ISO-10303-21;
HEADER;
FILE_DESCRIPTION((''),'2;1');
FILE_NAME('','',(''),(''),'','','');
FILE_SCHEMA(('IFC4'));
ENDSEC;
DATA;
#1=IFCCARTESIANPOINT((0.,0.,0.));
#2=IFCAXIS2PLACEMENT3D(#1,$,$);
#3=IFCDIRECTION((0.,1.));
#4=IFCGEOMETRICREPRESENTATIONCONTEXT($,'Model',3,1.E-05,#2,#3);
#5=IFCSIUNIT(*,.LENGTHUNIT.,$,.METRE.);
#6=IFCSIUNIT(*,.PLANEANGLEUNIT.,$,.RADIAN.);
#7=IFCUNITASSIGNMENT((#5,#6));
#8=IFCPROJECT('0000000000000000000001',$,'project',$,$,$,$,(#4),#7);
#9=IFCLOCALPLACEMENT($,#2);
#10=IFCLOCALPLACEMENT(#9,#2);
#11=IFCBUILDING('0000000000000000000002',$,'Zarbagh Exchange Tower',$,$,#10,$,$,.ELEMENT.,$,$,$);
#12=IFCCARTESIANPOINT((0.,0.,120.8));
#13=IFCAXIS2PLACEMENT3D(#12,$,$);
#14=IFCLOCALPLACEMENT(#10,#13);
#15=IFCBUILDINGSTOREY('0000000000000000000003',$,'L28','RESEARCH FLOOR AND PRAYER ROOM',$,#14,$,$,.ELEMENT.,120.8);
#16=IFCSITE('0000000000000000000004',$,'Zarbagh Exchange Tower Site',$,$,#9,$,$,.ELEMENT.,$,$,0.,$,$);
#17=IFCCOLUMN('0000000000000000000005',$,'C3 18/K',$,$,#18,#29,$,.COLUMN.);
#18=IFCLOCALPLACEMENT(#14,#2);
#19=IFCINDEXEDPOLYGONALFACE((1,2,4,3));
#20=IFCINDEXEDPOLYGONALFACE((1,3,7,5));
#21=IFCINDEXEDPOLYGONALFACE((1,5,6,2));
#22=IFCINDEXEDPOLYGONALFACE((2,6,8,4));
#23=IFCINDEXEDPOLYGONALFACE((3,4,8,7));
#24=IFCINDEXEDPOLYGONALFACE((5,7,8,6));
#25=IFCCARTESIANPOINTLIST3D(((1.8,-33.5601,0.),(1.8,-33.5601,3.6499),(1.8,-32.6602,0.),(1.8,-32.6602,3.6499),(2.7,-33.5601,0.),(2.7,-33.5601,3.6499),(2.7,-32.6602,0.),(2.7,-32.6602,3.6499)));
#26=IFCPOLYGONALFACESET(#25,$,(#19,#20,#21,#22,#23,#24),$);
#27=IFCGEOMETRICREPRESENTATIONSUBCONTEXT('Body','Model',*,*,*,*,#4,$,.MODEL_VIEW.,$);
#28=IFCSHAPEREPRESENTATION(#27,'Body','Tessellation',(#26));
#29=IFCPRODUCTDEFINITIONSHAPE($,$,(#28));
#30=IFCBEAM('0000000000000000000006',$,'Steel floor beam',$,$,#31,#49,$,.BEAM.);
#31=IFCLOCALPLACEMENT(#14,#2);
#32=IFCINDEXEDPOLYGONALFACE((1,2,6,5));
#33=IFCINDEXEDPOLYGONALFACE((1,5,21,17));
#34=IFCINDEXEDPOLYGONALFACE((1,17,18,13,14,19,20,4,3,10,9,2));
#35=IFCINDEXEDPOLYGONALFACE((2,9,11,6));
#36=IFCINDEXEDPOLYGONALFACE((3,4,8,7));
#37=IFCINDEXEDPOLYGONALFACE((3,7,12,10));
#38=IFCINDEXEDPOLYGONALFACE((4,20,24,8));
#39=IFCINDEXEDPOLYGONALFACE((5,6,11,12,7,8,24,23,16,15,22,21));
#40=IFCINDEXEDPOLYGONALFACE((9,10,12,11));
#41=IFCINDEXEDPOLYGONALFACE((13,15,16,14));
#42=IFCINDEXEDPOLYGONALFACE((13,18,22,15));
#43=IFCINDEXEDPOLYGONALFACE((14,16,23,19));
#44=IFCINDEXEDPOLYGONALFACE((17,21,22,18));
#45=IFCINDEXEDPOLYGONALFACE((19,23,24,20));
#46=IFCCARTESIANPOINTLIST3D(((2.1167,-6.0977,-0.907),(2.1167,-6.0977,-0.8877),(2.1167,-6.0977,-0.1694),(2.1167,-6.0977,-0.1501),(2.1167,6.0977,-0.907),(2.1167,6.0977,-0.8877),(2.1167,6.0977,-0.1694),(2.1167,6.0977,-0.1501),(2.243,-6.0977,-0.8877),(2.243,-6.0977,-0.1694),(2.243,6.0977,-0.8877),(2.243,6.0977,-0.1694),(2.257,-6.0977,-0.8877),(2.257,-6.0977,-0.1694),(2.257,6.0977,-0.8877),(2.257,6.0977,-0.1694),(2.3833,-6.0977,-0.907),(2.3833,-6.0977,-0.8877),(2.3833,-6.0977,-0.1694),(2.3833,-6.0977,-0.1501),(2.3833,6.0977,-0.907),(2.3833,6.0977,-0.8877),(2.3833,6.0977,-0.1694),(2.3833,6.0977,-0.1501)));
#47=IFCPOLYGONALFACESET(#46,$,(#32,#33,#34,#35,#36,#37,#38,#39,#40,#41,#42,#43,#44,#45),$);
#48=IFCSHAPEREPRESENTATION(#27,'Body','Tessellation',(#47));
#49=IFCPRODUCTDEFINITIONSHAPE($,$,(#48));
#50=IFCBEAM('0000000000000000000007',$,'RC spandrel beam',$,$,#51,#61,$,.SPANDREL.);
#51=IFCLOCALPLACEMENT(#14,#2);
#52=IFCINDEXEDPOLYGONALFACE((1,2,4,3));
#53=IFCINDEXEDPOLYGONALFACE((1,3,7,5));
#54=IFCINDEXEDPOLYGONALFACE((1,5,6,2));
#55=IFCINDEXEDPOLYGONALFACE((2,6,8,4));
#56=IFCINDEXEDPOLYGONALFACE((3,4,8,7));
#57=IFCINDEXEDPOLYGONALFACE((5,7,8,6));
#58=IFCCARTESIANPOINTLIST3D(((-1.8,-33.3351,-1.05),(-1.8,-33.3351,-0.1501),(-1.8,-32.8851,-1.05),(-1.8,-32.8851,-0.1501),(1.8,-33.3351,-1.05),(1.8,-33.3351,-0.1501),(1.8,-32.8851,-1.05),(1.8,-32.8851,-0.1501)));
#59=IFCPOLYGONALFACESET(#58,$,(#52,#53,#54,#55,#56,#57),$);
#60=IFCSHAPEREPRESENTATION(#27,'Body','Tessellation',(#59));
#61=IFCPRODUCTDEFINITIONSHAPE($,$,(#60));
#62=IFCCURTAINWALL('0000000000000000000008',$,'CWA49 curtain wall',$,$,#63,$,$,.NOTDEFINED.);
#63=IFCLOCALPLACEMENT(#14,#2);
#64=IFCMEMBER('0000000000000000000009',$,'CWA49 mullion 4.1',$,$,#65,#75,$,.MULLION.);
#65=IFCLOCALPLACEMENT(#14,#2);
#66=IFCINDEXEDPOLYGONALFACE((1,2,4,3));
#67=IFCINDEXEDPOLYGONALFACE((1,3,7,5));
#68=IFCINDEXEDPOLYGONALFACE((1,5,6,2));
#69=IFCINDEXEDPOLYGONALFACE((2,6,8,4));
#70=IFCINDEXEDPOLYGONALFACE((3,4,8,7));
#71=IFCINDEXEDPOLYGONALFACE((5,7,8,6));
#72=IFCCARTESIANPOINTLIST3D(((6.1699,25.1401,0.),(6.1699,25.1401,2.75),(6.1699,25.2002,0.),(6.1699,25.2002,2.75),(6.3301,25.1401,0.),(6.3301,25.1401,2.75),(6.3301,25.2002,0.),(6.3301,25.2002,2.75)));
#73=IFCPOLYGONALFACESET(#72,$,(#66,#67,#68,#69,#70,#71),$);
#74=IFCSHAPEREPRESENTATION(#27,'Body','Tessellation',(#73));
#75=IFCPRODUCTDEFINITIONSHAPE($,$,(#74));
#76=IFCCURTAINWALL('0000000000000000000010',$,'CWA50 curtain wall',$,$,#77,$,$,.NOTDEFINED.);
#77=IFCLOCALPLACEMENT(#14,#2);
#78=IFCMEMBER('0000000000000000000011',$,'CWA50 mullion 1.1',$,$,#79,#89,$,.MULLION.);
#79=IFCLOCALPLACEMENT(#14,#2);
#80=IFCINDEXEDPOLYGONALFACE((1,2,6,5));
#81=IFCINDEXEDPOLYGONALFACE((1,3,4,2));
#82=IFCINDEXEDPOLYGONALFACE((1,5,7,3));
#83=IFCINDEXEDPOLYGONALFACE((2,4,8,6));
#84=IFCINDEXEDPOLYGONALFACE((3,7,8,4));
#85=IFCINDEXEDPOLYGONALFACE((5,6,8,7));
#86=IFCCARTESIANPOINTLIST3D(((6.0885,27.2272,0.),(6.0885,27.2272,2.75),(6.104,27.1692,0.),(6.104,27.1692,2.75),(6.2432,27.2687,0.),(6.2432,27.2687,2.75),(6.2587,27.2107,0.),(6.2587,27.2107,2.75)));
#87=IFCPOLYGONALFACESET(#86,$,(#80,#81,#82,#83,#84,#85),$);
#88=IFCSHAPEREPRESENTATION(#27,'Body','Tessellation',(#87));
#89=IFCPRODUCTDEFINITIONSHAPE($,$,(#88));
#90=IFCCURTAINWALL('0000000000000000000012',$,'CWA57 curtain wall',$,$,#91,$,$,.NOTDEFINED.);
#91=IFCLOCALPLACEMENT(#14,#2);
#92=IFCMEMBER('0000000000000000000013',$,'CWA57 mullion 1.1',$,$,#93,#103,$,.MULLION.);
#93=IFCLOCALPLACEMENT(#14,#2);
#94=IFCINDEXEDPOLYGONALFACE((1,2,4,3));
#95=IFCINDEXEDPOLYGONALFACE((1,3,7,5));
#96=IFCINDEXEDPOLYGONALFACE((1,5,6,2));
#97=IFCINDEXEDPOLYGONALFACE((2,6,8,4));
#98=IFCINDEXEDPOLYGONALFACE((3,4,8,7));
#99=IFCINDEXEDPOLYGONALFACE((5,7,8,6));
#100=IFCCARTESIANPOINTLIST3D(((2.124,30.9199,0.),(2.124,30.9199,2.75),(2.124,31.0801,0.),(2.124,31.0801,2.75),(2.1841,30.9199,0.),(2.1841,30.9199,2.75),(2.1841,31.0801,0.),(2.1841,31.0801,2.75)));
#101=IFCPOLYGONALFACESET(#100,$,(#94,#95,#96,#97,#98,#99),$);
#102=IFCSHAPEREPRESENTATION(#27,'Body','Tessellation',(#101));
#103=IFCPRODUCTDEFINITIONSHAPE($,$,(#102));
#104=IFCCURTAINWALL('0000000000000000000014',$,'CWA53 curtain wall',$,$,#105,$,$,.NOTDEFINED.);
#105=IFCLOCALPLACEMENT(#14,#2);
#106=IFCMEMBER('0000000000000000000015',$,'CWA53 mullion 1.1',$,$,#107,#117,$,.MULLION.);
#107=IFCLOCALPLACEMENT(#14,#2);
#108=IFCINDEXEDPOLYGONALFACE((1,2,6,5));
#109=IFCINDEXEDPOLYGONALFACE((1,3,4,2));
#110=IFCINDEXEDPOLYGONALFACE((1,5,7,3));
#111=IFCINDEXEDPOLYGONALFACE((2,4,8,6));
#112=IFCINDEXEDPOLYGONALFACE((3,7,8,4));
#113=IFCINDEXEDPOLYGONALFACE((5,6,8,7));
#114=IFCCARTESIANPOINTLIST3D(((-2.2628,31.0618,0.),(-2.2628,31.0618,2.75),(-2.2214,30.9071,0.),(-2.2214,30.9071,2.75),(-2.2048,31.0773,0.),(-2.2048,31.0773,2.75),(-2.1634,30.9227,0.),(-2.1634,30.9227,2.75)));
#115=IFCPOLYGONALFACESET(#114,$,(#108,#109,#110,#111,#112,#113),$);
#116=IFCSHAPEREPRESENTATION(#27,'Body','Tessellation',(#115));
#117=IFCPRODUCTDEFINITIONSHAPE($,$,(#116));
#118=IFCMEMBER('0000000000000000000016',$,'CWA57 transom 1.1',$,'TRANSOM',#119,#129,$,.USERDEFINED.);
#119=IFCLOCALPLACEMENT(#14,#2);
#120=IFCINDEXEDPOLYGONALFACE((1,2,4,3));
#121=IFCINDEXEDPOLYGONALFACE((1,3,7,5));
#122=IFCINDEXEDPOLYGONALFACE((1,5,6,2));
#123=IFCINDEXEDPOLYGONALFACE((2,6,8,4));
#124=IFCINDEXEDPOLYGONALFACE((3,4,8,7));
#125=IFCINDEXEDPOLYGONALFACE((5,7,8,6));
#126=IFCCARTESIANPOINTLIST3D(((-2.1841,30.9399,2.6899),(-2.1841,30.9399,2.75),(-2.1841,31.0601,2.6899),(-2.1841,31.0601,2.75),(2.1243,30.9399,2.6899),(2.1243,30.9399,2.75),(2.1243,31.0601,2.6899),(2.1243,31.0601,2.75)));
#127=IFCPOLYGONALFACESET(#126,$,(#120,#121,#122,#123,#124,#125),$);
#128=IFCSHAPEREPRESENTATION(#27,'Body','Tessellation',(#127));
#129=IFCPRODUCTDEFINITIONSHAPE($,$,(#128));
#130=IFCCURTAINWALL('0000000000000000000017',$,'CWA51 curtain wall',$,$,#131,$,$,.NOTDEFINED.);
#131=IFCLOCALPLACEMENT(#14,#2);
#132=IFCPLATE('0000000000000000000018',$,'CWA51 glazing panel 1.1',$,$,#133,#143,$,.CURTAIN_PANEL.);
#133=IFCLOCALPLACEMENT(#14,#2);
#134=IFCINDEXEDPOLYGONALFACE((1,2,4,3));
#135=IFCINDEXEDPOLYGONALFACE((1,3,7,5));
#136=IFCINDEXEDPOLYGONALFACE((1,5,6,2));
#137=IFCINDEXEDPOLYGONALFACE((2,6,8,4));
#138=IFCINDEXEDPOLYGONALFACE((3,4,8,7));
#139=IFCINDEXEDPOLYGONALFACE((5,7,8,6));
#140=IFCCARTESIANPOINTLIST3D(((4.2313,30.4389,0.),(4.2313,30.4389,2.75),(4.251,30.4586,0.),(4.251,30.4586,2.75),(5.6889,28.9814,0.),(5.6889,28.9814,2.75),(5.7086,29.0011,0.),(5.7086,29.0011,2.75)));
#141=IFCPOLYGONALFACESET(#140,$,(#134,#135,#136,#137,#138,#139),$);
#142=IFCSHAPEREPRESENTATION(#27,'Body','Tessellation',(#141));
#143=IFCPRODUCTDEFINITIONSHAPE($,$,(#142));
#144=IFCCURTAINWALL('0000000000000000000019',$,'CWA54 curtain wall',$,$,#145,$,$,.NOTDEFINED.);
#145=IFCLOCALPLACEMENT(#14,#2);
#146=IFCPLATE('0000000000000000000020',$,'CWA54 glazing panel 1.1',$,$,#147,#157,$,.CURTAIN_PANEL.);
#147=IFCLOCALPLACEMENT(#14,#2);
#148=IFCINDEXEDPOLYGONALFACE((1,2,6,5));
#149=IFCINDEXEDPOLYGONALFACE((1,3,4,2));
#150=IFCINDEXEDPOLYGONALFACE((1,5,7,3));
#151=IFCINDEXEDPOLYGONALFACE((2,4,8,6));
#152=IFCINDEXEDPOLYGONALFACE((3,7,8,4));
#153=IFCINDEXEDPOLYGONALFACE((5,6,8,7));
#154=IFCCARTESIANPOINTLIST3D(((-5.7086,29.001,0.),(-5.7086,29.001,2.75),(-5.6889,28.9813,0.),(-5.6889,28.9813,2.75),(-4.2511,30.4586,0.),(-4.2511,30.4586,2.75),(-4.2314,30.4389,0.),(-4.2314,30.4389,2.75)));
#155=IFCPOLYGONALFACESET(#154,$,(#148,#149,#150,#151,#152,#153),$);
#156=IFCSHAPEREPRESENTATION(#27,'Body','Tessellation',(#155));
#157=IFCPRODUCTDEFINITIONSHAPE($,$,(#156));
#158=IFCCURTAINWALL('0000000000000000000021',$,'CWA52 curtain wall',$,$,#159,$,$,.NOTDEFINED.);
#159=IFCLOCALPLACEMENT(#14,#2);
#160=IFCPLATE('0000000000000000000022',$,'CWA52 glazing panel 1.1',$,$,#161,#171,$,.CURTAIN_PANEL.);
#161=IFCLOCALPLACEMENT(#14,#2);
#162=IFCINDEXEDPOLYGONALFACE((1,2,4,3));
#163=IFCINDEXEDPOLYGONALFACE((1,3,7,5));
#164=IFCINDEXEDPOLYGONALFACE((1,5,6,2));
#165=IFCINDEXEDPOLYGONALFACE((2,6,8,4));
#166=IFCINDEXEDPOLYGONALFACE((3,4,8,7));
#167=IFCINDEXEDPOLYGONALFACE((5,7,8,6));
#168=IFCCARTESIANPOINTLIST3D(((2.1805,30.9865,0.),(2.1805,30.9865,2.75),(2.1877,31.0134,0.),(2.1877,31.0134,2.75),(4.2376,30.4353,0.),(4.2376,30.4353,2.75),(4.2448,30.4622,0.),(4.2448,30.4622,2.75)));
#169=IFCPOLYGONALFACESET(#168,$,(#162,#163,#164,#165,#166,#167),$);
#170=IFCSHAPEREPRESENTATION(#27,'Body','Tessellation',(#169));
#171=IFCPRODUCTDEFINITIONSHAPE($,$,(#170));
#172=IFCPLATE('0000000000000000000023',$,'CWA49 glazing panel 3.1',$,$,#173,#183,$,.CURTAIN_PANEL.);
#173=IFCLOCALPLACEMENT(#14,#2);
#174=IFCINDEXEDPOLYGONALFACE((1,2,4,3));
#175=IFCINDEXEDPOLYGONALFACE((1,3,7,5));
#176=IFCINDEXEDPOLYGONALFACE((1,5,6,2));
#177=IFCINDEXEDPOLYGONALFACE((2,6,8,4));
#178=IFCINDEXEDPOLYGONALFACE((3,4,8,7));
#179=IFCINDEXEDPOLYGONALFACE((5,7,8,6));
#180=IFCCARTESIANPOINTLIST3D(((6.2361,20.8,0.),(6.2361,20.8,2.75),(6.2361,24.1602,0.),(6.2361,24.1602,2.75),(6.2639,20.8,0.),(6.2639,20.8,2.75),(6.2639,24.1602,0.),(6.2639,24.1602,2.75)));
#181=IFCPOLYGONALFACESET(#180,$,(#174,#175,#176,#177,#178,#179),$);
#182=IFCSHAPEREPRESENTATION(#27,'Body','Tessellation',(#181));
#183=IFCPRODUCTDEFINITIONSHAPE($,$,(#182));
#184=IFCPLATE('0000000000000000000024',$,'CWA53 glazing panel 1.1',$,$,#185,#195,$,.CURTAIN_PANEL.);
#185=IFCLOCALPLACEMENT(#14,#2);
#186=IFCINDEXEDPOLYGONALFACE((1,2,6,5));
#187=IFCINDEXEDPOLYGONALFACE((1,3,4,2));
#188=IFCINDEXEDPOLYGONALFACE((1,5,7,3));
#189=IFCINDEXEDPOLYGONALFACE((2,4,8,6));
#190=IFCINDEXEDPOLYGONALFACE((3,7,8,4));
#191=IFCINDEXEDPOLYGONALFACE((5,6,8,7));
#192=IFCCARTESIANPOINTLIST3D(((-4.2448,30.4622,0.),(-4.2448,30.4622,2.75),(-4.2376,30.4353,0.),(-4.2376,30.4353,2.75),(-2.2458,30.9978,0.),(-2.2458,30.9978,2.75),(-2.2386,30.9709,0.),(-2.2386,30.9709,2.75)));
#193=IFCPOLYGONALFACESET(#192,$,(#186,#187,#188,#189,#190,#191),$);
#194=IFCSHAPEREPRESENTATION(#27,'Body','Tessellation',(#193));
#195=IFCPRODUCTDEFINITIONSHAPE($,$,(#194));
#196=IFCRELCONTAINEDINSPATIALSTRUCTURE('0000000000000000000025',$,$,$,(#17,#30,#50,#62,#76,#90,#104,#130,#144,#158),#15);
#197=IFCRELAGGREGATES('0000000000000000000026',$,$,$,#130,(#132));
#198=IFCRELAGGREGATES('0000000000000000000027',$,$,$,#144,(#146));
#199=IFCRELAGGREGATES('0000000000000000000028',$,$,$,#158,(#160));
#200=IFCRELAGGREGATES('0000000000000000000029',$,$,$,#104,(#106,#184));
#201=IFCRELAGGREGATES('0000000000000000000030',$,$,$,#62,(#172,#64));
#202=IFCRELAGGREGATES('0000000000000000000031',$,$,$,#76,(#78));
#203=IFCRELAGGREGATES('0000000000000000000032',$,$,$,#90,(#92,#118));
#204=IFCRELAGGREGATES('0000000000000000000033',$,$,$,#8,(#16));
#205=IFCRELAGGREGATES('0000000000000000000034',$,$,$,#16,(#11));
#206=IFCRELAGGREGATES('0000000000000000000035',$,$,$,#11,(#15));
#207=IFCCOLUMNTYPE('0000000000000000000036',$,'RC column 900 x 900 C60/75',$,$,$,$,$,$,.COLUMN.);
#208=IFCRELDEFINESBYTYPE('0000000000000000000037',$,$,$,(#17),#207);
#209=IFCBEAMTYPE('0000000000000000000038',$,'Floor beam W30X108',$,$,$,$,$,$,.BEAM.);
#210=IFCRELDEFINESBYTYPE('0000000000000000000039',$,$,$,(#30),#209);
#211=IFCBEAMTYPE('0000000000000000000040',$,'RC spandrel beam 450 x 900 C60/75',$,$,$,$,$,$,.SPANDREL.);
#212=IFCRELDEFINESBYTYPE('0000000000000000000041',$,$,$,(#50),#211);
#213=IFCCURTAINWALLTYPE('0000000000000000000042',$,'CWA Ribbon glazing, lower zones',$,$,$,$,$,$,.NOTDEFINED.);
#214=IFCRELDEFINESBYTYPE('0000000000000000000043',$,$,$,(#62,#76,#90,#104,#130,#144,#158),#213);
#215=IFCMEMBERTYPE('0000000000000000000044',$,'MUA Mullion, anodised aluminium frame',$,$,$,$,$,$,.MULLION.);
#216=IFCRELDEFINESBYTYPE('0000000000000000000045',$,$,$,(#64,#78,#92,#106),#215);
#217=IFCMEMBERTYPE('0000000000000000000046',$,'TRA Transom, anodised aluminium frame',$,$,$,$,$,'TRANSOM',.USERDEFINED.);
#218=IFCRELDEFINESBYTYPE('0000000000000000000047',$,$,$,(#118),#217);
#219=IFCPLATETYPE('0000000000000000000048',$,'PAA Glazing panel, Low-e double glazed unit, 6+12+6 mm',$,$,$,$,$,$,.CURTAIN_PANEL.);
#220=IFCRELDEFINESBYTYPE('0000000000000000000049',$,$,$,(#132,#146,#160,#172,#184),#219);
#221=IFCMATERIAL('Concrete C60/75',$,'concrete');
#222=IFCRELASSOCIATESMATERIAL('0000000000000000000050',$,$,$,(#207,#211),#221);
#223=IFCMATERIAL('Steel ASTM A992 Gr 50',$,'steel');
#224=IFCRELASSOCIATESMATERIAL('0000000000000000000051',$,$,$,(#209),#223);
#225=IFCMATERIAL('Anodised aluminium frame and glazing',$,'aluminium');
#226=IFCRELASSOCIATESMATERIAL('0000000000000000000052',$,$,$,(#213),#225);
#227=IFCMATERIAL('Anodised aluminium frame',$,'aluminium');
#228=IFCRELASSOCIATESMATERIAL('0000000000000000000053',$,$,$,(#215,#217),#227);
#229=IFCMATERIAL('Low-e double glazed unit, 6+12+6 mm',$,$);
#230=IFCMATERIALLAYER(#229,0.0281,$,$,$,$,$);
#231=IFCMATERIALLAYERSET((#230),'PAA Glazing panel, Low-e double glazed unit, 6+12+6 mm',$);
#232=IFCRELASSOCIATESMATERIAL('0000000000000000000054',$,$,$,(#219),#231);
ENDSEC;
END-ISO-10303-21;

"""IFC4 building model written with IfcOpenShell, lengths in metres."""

from ifc_helpers import new_model, si_unit, direction, frame, origin, origin_2d, place, context, subcontext, project, spatial, polyline, rectangle, i_section, outline, extrude, source, transform, mapped, material, layer, layer_set, material_profile, profile_set, type_object, element, aggregate, save


model = new_model("IFC4")

# Units and contexts
model_context = context("Model", 3, precision=1e-05, world=origin(), true_north=direction((0.0, 1.0)))
body_context = subcontext(model_context, "Body", "Model", "MODEL_VIEW")
ifc_project = project(units=[si_unit("LENGTHUNIT", "METRE"), si_unit("PLANEANGLEUNIT", "RADIAN")], contexts=[model_context])

# Site, building, storey
site_placement = place(None, origin())
site = spatial("IfcSite", under=ifc_project, at=site_placement, Name="Zarbagh Exchange Tower Site", CompositionType="ELEMENT", RefElevation=0.0)
building_placement = place(site_placement, origin())
building = spatial("IfcBuilding", under=site, at=building_placement, Name="Zarbagh Exchange Tower", CompositionType="ELEMENT")
storey_placement = place(building_placement, frame((0.0, 0.0, 120.8)))
storey = spatial("IfcBuildingStorey", under=building, at=storey_placement, Name="L28", Description="RESEARCH FLOOR AND PRAYER ROOM", CompositionType="ELEMENT", Elevation=120.8)

# Column
ifc_material_1 = material(Name="Concrete C60/75", Category="concrete")
ifc_material_profile_1 = material_profile(ifc_material_1, rectangle(XDim=0.8999, YDim=0.8999, at=origin_2d()), Name="RC column 900 x 900 C60/75")
ifc_profile_set_1 = profile_set([ifc_material_profile_1], Name="Concrete C60/75")
column_type = type_object("IfcColumnType", Name="RC column 900 x 900 C60/75", PredefinedType="COLUMN", material=ifc_profile_set_1)
column_placement = place(storey_placement, frame((2.25, -33.1101, 0.0), z_axis=(0.0, 0.0, 1.0), x_axis=(1.0, 0.0, 0.0)))
element("IfcColumn", 1, at=column_placement, inside=storey, type_object=column_type, Name="C3 18/K", PredefinedType="COLUMN", context=body_context, shape_type="SweptSolid", body=[
    extrude(rectangle(XDim=0.8999, YDim=0.8999, at=origin_2d()), origin(), (0.0, 0.0, 1.0), 3.6499),
])

# Beams
ifc_material_2 = material(Name="Steel ASTM A992 Gr 50", Category="steel")
ifc_material_profile_2 = material_profile(ifc_material_2, i_section(OverallWidth=0.2666, OverallDepth=0.7568, WebThickness=0.0139, FlangeThickness=0.0193, at=origin_2d()), Name="W30X108")
ifc_profile_set_2 = profile_set([ifc_material_profile_2], Name="Steel ASTM A992 Gr 50")
beam_type_1 = type_object("IfcBeamType", Name="Floor beam W30X108", PredefinedType="BEAM", material=ifc_profile_set_2)
beam_1_placement = place(storey_placement, frame((2.25, -6.0977, -0.5286), z_axis=(0.0, 1.0, 0.0), x_axis=(-1.0, 0.0, 0.0)))
element("IfcBeam", 2, at=beam_1_placement, inside=storey, type_object=beam_type_1, Name="Steel floor beam", PredefinedType="BEAM", context=body_context, shape_type="SweptSolid", body=[
    extrude(i_section(OverallWidth=0.2666, OverallDepth=0.7568, WebThickness=0.0139, FlangeThickness=0.0193, at=origin_2d()), origin(), (0.0, 0.0, 1.0), 12.1953),
])
ifc_material_profile_3 = material_profile(ifc_material_1, rectangle(XDim=0.45, YDim=0.8999, at=origin_2d()), Name="RC spandrel beam 450 x 900 C60/75")
ifc_profile_set_3 = profile_set([ifc_material_profile_3], Name="Concrete C60/75")
beam_type_2 = type_object("IfcBeamType", Name="RC spandrel beam 450 x 900 C60/75", PredefinedType="SPANDREL", material=ifc_profile_set_3)
beam_2_placement = place(storey_placement, frame((1.8, -33.1101, -0.6001), z_axis=(-1.0, 0.0, 0.0), x_axis=(0.0, -1.0, 0.0)))
element("IfcBeam", 3, at=beam_2_placement, inside=storey, type_object=beam_type_2, Name="RC spandrel beam", PredefinedType="SPANDREL", context=body_context, shape_type="SweptSolid", body=[
    extrude(rectangle(XDim=0.45, YDim=0.8999, at=origin_2d()), origin(), (0.0, 0.0, 1.0), 3.6001),
])

# Curtain walls, members
ifc_material_3 = material(Name="Anodised aluminium frame and glazing", Category="aluminium")
curtain_wall_type = type_object("IfcCurtainWallType", Name="CWA Ribbon glazing, lower zones", PredefinedType="NOTDEFINED", material=ifc_material_3)
curtain_wall_1_placement = place(storey_placement, origin())
curtain_wall_1 = element("IfcCurtainWall", 4, at=curtain_wall_1_placement, inside=storey, type_object=curtain_wall_type, Name="CWA49 curtain wall", PredefinedType="NOTDEFINED")
ifc_material_4 = material(Name="Anodised aluminium frame", Category="aluminium")
member_type_1 = type_object("IfcMemberType", Name="MUA Mullion, anodised aluminium frame", PredefinedType="MULLION", material=ifc_material_4)
shared_shape_1 = source(origin(), body_context, "Body", "SweptSolid", [
    extrude(outline(polyline([(0.0, -0.0801), (0.0601, -0.0801), (0.0601, 0.0801), (0.0, 0.0801), (0.0, -0.0801)])), origin(), (0.0, 0.0, 1.0), 2.75),
])
placement = place(storey_placement, origin())
member_1 = element("IfcMember", 5, at=placement, type_object=member_type_1, Name="CWA49 mullion 4.1", PredefinedType="MULLION", context=body_context, shape_type="MappedRepresentation", body=[
    mapped(shared_shape_1, transform((6.25, 25.1401, 0.0), x_axis=(0.0, 1.0, 0.0), y_axis=(-1.0, 0.0, 0.0), z_axis=(0.0, 0.0, 1.0))),
])
curtain_wall_2_placement = place(storey_placement, origin())
curtain_wall_2 = element("IfcCurtainWall", 6, at=curtain_wall_2_placement, inside=storey, type_object=curtain_wall_type, Name="CWA50 curtain wall", PredefinedType="NOTDEFINED")
member_2 = element("IfcMember", 7, at=placement, type_object=member_type_1, Name="CWA50 mullion 1.1", PredefinedType="MULLION", context=body_context, shape_type="MappedRepresentation", body=[
    mapped(shared_shape_1, transform((6.1814, 27.1899, 0.0), x_axis=(-0.258825, 0.965924, 0.0), y_axis=(-0.965924, -0.258825, 0.0), z_axis=(0.0, 0.0, 1.0))),
])
curtain_wall_3_placement = place(storey_placement, origin())
curtain_wall_3 = element("IfcCurtainWall", 8, at=curtain_wall_3_placement, inside=storey, type_object=curtain_wall_type, Name="CWA57 curtain wall", PredefinedType="NOTDEFINED")
member_3 = element("IfcMember", 9, at=placement, type_object=member_type_1, Name="CWA57 mullion 1.1", PredefinedType="MULLION", context=body_context, shape_type="MappedRepresentation", body=[
    mapped(shared_shape_1, transform((2.1841, 31.0, 0.0), x_axis=(-1.0, 0.0, 0.0), y_axis=(0.0, -1.0, 0.0), z_axis=(0.0, 0.0, 1.0))),
])
curtain_wall_4_placement = place(storey_placement, origin())
curtain_wall_4 = element("IfcCurtainWall", 10, at=curtain_wall_4_placement, inside=storey, type_object=curtain_wall_type, Name="CWA53 curtain wall", PredefinedType="NOTDEFINED")
member_4 = element("IfcMember", 11, at=placement, type_object=member_type_1, Name="CWA53 mullion 1.1", PredefinedType="MULLION", context=body_context, shape_type="MappedRepresentation", body=[
    mapped(shared_shape_1, transform((-2.1841, 31.0, 0.0), x_axis=(-0.965924, -0.258825, 0.0), y_axis=(0.258825, -0.965924, 0.0), z_axis=(0.0, 0.0, 1.0))),
])

# Member
member_type_2 = type_object("IfcMemberType", Name="TRA Transom, anodised aluminium frame", ElementType="TRANSOM", PredefinedType="USERDEFINED", material=ifc_material_4)
shared_shape_2 = source(origin(), body_context, "Body", "SweptSolid", [
    extrude(outline(polyline([(-0.0601, -0.0601), (0.0, -0.0601), (0.0, 0.0601), (-0.0601, 0.0601), (-0.0601, -0.0601)])), origin(), (0.0, 0.0, 1.0), 4.3083),
])
member_5 = element("IfcMember", 12, at=placement, type_object=member_type_2, Name="CWA57 transom 1.1", ObjectType="TRANSOM", PredefinedType="USERDEFINED", context=body_context, shape_type="MappedRepresentation", body=[
    mapped(shared_shape_2, transform((2.1243, 31.0, 2.75), x_axis=(0.0, 0.0, 1.0), y_axis=(0.0, 1.0, 0.0), z_axis=(-1.0, 0.0, 0.0))),
])

# Curtain walls, plates
curtain_wall_5_placement = place(storey_placement, origin())
curtain_wall_5 = element("IfcCurtainWall", 13, at=curtain_wall_5_placement, inside=storey, type_object=curtain_wall_type, Name="CWA51 curtain wall", PredefinedType="NOTDEFINED")
ifc_material_5 = material(Name="Low-e double glazed unit, 6+12+6 mm")
ifc_layer_1 = layer(ifc_material_5, 0.0281)
ifc_layer_set_1 = layer_set([ifc_layer_1], Name="PAA Glazing panel, Low-e double glazed unit, 6+12+6 mm")
plate_type = type_object("IfcPlateType", Name="PAA Glazing panel, Low-e double glazed unit, 6+12+6 mm", PredefinedType="CURTAIN_PANEL", material=ifc_layer_set_1)
shared_shape_3 = source(origin(), body_context, "Body", "SweptSolid", [
    extrude(outline(polyline([(0.0, -0.0139), (2.0613, -0.0139), (2.0613, 0.0139), (0.0, 0.0139), (0.0, -0.0139)])), origin(), (0.0, 0.0, 1.0), 2.75),
])
plate_1 = element("IfcPlate", 14, at=placement, type_object=plate_type, Name="CWA51 glazing panel 1.1", PredefinedType="CURTAIN_PANEL", context=body_context, shape_type="MappedRepresentation", body=[
    mapped(shared_shape_3, transform((5.6987, 28.9912, 0.0), x_axis=(-0.707107, 0.707107, 0.0), y_axis=(-0.707107, -0.707107, 0.0), z_axis=(0.0, 0.0, 1.0))),
])
aggregate(curtain_wall_5, [plate_1])
curtain_wall_6_placement = place(storey_placement, origin())
curtain_wall_6 = element("IfcCurtainWall", 15, at=curtain_wall_6_placement, inside=storey, type_object=curtain_wall_type, Name="CWA54 curtain wall", PredefinedType="NOTDEFINED")
plate_2 = element("IfcPlate", 16, at=placement, type_object=plate_type, Name="CWA54 glazing panel 1.1", PredefinedType="CURTAIN_PANEL", context=body_context, shape_type="MappedRepresentation", body=[
    mapped(shared_shape_3, transform((-4.2412, 30.4487, 0.0), x_axis=(-0.707107, -0.707107, 0.0), y_axis=(0.707107, -0.707107, 0.0), z_axis=(0.0, 0.0, 1.0))),
])
aggregate(curtain_wall_6, [plate_2])
curtain_wall_7_placement = place(storey_placement, origin())
curtain_wall_7 = element("IfcCurtainWall", 17, at=curtain_wall_7_placement, inside=storey, type_object=curtain_wall_type, Name="CWA52 curtain wall", PredefinedType="NOTDEFINED")
shared_shape_4 = source(origin(), body_context, "Body", "SweptSolid", [
    extrude(outline(polyline([(0.0, -0.0139), (2.1296, -0.0139), (2.1296, 0.0139), (0.0, 0.0139), (0.0, -0.0139)])), origin(), (0.0, 0.0, 1.0), 2.75),
])
plate_3 = element("IfcPlate", 18, at=placement, type_object=plate_type, Name="CWA52 glazing panel 1.1", PredefinedType="CURTAIN_PANEL", context=body_context, shape_type="MappedRepresentation", body=[
    mapped(shared_shape_4, transform((4.2412, 30.4487, 0.0), x_axis=(-0.965924, 0.258825, 0.0), y_axis=(-0.258825, -0.965924, 0.0), z_axis=(0.0, 0.0, 1.0))),
])
aggregate(curtain_wall_7, [plate_3])

# Plates
shared_shape_5 = source(origin(), body_context, "Body", "SweptSolid", [
    extrude(outline(polyline([(0.0, -0.0139), (3.3601, -0.0139), (3.3601, 0.0139), (0.0, 0.0139), (0.0, -0.0139)])), origin(), (0.0, 0.0, 1.0), 2.75),
])
plate_4 = element("IfcPlate", 19, at=placement, type_object=plate_type, Name="CWA49 glazing panel 3.1", PredefinedType="CURTAIN_PANEL", context=body_context, shape_type="MappedRepresentation", body=[
    mapped(shared_shape_5, transform((6.25, 20.8, 0.0), x_axis=(0.0, 1.0, 0.0), y_axis=(-1.0, 0.0, 0.0), z_axis=(0.0, 0.0, 1.0))),
])
shared_shape_6 = source(origin(), body_context, "Body", "SweptSolid", [
    extrude(outline(polyline([(0.0, -0.0139), (2.0696, -0.0139), (2.0696, 0.0139), (0.0, 0.0139), (0.0, -0.0139)])), origin(), (0.0, 0.0, 1.0), 2.75),
])
plate_5 = element("IfcPlate", 20, at=placement, type_object=plate_type, Name="CWA53 glazing panel 1.1", PredefinedType="CURTAIN_PANEL", context=body_context, shape_type="MappedRepresentation", body=[
    mapped(shared_shape_6, transform((-2.2422, 30.9844, 0.0), x_axis=(-0.965924, -0.258825, 0.0), y_axis=(0.258825, -0.965924, 0.0), z_axis=(0.0, 0.0, 1.0))),
])
aggregate(curtain_wall_4, [member_4, plate_5])
aggregate(curtain_wall_1, [plate_4, member_1])
aggregate(curtain_wall_2, [member_2])
aggregate(curtain_wall_3, [member_3, member_5])

save(model, "model.ifc")
